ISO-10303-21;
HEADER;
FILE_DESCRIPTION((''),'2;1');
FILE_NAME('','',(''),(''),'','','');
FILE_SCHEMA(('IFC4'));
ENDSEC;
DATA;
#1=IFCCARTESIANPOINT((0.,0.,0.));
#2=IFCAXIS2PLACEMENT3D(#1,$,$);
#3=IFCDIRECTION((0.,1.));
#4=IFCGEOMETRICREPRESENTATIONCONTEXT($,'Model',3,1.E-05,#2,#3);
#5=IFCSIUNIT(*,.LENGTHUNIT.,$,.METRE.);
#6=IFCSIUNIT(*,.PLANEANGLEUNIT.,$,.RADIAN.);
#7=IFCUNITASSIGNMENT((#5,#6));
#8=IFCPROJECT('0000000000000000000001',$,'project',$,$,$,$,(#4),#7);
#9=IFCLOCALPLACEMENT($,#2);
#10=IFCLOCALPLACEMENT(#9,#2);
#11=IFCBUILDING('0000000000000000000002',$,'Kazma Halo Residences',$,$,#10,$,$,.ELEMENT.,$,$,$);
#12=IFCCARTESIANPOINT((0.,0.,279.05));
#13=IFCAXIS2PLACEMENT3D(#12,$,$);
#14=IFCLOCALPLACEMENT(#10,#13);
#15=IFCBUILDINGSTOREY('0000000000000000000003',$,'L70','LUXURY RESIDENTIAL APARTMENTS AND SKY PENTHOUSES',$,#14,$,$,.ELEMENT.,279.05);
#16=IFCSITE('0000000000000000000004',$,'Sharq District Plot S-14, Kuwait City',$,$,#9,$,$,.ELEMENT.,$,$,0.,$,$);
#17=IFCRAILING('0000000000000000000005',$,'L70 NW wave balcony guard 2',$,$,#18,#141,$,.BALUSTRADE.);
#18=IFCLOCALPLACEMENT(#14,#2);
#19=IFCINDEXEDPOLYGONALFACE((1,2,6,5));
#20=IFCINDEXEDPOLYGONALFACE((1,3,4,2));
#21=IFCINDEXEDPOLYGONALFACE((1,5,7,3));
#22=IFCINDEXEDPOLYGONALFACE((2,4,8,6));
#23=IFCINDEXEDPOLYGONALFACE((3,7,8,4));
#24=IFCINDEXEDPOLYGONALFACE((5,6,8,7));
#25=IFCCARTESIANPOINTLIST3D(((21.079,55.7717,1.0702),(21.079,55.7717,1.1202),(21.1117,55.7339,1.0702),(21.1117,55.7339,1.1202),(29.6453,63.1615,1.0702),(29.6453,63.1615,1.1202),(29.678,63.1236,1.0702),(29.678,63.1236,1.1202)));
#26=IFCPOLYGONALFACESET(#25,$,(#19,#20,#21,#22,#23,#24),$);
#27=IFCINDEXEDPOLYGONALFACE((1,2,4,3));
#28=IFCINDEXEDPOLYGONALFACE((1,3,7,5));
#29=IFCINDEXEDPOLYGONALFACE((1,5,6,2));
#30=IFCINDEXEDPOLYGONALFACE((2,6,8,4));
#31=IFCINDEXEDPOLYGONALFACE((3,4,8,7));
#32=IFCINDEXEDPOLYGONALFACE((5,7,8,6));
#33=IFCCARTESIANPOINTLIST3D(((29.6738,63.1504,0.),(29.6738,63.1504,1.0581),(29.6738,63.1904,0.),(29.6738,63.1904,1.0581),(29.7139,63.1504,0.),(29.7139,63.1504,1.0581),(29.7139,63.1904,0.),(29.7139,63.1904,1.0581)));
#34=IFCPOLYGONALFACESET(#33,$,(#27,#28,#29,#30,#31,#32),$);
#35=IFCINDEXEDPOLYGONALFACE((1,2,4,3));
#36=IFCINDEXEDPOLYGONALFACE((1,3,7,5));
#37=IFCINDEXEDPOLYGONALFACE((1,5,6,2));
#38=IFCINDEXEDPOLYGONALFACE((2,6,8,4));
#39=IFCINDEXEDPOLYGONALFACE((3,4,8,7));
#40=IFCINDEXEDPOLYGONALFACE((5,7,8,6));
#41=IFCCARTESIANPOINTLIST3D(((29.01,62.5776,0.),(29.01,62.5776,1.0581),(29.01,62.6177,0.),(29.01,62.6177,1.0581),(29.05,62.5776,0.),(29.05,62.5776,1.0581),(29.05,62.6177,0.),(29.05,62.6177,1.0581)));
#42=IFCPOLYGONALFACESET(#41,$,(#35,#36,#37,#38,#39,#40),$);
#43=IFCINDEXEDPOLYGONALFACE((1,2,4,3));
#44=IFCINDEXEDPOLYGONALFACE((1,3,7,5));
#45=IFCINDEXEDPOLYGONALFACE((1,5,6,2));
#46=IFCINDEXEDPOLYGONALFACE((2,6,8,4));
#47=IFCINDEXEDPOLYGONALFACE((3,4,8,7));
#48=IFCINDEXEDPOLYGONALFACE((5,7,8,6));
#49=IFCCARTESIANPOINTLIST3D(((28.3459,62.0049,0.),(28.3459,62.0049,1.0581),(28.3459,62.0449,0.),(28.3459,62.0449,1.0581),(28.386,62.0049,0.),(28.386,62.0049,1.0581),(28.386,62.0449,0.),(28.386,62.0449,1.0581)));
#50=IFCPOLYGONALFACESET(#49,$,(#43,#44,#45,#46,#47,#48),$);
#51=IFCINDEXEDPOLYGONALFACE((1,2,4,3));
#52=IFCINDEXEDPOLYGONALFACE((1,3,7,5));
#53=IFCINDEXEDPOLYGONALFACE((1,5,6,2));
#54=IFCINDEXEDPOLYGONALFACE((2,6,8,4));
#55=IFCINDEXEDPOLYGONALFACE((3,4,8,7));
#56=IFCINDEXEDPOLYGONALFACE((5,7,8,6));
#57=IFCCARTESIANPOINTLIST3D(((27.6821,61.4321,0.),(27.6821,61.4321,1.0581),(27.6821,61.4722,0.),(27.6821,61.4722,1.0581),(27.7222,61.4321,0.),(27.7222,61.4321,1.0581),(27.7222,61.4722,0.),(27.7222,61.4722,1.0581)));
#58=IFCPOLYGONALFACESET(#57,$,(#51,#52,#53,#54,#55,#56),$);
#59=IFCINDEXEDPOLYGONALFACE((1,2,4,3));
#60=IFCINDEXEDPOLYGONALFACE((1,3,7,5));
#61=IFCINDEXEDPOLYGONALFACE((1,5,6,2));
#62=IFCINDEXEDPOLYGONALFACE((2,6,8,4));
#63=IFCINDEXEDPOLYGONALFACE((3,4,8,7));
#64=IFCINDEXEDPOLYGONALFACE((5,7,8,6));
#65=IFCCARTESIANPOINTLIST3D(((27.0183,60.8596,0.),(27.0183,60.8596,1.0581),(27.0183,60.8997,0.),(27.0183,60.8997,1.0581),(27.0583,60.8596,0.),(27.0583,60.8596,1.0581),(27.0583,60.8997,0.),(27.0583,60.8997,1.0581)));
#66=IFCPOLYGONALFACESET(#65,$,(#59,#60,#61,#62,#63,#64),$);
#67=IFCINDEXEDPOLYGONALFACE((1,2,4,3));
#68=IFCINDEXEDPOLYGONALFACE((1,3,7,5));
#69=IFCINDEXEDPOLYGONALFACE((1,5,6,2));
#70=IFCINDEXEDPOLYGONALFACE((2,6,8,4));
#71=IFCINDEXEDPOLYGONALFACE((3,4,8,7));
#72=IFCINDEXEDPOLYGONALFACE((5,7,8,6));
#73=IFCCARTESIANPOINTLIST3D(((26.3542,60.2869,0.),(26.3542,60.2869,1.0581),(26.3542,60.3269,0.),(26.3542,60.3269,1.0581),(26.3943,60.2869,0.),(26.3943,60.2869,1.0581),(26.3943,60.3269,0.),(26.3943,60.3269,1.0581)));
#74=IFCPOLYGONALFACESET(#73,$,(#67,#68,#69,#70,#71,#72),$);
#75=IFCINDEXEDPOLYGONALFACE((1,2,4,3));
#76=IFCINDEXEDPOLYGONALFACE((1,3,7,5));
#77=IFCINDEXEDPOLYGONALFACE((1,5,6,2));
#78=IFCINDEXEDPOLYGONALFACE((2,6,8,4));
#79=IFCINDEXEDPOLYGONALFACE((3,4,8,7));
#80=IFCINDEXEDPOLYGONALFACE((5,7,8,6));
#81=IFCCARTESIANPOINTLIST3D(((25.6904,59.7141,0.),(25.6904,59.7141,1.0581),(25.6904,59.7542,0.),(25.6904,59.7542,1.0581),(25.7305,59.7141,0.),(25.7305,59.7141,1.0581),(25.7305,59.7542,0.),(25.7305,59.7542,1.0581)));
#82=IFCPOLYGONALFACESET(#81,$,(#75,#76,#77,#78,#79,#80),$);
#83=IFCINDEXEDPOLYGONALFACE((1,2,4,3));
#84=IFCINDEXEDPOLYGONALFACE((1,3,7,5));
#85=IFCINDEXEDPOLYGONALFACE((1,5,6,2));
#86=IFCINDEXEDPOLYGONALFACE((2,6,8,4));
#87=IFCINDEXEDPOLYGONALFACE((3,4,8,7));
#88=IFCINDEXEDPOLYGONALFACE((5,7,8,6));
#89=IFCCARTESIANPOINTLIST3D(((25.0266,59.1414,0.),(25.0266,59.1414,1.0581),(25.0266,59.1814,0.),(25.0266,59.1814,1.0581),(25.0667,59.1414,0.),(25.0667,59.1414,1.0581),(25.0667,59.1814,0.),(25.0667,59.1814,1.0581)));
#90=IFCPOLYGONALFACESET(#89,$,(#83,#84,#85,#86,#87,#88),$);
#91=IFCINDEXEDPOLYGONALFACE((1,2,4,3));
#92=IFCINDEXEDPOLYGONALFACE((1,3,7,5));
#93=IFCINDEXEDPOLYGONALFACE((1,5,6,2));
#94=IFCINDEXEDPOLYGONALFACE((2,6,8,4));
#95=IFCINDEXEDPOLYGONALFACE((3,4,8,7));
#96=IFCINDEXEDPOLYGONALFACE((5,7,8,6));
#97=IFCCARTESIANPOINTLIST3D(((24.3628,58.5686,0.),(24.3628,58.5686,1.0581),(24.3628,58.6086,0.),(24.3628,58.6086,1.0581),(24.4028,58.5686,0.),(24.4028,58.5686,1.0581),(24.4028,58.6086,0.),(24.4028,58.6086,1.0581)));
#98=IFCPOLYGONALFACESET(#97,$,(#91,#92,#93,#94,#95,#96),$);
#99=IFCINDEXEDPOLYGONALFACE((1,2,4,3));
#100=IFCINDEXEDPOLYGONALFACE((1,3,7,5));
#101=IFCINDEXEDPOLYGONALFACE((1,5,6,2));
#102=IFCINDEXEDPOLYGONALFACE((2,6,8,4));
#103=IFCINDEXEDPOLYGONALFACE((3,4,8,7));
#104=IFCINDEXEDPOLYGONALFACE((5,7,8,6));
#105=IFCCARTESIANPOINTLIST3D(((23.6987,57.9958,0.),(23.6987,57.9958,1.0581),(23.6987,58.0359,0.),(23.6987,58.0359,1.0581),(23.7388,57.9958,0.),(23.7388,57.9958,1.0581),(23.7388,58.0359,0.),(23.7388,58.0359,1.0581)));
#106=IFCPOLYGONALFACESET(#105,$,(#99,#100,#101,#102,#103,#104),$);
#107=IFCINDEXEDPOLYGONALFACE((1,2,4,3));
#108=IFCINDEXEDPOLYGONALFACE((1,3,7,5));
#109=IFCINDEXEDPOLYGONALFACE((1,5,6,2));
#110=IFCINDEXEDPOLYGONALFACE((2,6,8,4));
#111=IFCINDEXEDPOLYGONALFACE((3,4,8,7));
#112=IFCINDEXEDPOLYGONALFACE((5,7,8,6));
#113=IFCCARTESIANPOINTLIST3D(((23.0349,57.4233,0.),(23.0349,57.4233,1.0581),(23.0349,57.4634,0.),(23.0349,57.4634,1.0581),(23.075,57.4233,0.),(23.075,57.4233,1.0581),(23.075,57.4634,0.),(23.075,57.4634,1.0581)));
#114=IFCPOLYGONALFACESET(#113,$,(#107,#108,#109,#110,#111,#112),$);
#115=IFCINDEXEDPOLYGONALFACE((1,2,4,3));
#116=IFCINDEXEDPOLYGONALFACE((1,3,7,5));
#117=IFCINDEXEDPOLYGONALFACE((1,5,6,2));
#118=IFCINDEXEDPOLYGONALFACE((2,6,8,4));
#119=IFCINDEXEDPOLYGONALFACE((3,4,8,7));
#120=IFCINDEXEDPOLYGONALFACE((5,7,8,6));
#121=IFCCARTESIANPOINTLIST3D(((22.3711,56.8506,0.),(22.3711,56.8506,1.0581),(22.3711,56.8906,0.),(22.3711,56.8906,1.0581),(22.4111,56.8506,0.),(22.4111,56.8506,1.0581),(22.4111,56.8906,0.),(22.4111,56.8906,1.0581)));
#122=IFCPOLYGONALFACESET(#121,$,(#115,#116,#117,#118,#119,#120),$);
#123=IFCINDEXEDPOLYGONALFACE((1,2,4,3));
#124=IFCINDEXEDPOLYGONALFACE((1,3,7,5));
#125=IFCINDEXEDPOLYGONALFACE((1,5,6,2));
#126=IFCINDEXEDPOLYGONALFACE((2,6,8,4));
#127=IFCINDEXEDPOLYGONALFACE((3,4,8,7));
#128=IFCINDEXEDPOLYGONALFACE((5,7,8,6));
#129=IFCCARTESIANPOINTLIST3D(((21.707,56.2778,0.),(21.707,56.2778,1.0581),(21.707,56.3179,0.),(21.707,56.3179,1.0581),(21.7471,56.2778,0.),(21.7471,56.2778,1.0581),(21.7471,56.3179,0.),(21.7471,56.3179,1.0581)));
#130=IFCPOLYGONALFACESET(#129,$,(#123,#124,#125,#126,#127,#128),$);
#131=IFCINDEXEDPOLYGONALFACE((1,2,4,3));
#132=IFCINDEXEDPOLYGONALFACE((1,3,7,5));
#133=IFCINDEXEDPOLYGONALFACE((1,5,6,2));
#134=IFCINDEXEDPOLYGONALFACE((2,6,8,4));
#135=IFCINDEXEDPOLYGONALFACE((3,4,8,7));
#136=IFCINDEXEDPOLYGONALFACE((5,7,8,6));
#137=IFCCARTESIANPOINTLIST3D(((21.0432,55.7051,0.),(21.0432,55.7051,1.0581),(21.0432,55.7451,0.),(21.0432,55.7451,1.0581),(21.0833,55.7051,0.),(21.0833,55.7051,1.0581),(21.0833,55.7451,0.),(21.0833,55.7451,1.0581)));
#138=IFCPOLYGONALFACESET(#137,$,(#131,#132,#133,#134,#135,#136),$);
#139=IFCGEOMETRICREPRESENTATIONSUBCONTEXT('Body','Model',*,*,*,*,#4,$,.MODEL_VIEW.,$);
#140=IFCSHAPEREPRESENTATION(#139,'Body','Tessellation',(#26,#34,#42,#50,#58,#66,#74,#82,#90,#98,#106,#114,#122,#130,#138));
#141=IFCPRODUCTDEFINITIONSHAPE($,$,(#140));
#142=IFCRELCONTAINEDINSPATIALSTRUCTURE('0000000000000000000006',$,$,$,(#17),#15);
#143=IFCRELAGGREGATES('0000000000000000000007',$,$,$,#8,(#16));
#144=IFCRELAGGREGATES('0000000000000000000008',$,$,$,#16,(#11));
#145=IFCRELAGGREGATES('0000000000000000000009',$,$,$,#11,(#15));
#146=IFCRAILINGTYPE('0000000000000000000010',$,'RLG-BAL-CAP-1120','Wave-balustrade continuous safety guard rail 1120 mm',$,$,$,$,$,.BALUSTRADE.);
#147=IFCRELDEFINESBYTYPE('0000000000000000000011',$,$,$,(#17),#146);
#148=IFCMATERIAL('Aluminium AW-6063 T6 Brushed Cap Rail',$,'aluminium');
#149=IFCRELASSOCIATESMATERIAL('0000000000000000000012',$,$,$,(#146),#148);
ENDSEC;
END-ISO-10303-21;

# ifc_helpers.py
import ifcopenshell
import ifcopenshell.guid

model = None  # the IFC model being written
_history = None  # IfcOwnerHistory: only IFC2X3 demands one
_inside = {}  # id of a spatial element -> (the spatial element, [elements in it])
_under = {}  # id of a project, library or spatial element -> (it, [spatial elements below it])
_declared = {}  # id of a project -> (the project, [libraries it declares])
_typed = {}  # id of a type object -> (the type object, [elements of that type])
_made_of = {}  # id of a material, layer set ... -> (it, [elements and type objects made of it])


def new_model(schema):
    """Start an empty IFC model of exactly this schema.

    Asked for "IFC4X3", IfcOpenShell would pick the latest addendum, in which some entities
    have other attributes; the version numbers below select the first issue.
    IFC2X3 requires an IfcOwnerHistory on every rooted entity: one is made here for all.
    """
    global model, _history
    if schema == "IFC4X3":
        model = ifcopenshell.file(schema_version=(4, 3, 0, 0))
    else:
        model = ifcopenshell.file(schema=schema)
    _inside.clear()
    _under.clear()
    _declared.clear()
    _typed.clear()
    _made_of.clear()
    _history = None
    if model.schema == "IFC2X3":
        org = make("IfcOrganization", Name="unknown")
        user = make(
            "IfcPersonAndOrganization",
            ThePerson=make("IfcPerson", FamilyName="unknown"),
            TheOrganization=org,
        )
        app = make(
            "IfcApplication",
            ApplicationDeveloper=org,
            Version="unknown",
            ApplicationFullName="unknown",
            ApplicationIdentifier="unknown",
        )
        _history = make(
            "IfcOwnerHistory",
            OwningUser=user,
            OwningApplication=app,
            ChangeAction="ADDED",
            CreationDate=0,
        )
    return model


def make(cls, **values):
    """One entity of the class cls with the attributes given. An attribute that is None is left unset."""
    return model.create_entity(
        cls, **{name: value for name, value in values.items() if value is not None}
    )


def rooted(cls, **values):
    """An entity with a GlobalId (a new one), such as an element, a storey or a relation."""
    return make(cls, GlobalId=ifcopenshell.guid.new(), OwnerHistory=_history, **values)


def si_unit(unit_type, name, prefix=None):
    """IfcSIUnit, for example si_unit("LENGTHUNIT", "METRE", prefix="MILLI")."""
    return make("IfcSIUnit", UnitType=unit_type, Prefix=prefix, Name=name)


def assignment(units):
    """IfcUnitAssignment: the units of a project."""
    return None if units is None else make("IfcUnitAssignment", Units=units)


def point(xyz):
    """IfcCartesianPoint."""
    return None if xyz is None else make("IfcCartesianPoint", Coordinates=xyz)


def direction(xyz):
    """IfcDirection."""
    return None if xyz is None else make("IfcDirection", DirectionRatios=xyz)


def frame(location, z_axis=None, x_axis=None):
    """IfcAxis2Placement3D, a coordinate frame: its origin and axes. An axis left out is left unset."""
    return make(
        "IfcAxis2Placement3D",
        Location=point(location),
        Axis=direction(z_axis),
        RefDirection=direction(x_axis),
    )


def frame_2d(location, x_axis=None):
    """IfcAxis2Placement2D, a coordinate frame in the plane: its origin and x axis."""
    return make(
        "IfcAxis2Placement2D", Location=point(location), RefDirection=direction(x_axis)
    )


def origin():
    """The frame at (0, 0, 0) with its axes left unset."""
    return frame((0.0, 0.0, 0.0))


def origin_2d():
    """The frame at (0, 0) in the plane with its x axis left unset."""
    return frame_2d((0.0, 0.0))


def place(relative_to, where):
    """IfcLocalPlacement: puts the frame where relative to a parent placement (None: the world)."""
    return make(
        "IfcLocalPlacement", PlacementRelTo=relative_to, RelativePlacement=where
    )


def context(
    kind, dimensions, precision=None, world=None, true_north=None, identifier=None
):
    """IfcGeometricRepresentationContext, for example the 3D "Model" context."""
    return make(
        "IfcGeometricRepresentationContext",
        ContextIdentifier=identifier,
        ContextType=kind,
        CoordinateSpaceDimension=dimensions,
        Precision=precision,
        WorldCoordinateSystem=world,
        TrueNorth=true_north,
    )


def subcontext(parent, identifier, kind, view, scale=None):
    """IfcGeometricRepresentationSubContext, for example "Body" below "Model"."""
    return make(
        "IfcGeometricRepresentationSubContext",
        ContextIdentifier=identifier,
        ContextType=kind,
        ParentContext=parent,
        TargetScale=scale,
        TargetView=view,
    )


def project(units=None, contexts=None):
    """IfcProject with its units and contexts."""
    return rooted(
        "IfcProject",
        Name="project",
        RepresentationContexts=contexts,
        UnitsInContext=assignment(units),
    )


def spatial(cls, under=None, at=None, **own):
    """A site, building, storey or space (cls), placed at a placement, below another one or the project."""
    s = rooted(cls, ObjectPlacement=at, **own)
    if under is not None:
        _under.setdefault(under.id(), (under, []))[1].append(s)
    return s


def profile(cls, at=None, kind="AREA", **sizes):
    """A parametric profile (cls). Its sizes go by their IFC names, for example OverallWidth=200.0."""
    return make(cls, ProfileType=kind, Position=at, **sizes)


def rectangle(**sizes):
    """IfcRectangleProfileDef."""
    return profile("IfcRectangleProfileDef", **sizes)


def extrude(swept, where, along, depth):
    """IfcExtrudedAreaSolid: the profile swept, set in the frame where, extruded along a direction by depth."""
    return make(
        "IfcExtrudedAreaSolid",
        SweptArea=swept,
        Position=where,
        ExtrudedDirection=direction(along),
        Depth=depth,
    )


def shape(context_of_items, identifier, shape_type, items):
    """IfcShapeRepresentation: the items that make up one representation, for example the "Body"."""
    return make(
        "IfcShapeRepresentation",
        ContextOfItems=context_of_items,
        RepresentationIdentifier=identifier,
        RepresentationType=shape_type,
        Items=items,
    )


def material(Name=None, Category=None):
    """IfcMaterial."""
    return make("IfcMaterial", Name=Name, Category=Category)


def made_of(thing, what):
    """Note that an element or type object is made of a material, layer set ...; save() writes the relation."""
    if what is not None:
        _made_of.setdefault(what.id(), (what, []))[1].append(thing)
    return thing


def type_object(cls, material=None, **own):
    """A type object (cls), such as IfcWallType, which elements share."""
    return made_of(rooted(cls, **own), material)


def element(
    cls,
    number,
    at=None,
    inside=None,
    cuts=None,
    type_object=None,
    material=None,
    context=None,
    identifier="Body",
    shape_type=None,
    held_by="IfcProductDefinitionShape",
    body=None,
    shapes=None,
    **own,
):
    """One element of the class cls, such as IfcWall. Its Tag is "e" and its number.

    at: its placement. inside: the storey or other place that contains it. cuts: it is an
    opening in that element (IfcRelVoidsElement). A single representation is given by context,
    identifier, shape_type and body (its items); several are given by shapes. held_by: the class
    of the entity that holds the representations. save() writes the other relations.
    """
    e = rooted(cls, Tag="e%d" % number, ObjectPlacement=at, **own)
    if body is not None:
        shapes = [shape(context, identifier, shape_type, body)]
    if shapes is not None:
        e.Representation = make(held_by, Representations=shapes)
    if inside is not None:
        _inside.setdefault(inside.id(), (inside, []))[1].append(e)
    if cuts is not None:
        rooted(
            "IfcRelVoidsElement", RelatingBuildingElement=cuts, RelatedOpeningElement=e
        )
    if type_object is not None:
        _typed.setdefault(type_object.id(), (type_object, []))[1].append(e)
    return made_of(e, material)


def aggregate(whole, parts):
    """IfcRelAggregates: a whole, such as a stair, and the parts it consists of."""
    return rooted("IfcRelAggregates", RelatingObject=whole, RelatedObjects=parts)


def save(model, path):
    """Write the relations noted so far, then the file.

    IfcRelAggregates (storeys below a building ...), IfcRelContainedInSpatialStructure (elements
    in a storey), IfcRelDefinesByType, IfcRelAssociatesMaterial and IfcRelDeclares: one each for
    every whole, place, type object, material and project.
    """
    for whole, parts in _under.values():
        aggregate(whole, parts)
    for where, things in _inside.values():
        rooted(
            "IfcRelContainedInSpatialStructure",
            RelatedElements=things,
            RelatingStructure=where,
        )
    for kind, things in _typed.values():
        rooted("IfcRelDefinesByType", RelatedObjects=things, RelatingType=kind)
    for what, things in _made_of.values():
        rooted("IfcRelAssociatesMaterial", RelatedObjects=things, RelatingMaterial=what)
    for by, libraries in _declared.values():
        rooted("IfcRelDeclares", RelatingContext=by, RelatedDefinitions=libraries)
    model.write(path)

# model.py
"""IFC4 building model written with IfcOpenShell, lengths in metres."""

from ifc_helpers import new_model, si_unit, direction, frame, origin, origin_2d, place, context, subcontext, project, spatial, rectangle, extrude, material, type_object, element, save


model = new_model("IFC4")

# Units and contexts
model_context = context("Model", 3, precision=1e-05, world=origin(), true_north=direction((0.0, 1.0)))
body_context = subcontext(model_context, "Body", "Model", "MODEL_VIEW")
ifc_project = project(units=[si_unit("LENGTHUNIT", "METRE"), si_unit("PLANEANGLEUNIT", "RADIAN")], contexts=[model_context])

# Site, building, storey
site_placement = place(None, origin())
site = spatial("IfcSite", under=ifc_project, at=site_placement, Name="Sharq District Plot S-14, Kuwait City", CompositionType="ELEMENT", RefElevation=0.0)
building_placement = place(site_placement, origin())
building = spatial("IfcBuilding", under=site, at=building_placement, Name="Kazma Halo Residences", CompositionType="ELEMENT")
storey_placement = place(building_placement, frame((0.0, 0.0, 279.05)))
storey = spatial("IfcBuildingStorey", under=building, at=storey_placement, Name="L70", Description="LUXURY RESIDENTIAL APARTMENTS AND SKY PENTHOUSES", CompositionType="ELEMENT", Elevation=279.05)

# Railing
ifc_material_1 = material(Name="Aluminium AW-6063 T6 Brushed Cap Rail", Category="aluminium")
railing_type = type_object("IfcRailingType", Name="RLG-BAL-CAP-1120", Description="Wave-balustrade continuous safety guard rail 1120 mm", PredefinedType="BALUSTRADE", material=ifc_material_1)
railing_1_placement = place(storey_placement, frame((29.6938, 63.1704, 0.0)))
element("IfcRailing", 1, at=railing_1_placement, inside=storey, type_object=railing_type, Name="L70 NW wave balcony guard 2", PredefinedType="BALUSTRADE", context=body_context, shape_type="SweptSolid", body=[
    extrude(rectangle(XDim=0.05, YDim=0.05, at=origin_2d()), frame((-0.0322, -0.0278, 1.0952), z_axis=(-0.757187, -0.653198, 0.0), x_axis=(0.653198, -0.757187, 0.0)), (0.0, 0.0, 1.0), 11.3132),
    extrude(rectangle(XDim=0.04, YDim=0.04, at=origin_2d()), origin(), (0.0, 0.0, 1.0), 1.0581),
    extrude(rectangle(XDim=0.04, YDim=0.04, at=origin_2d()), frame((-0.6638, -0.5728, 0.0)), (0.0, 0.0, 1.0), 1.0581),
    extrude(rectangle(XDim=0.04, YDim=0.04, at=origin_2d()), frame((-1.3279, -1.1455, 0.0)), (0.0, 0.0, 1.0), 1.0581),
    extrude(rectangle(XDim=0.04, YDim=0.04, at=origin_2d()), frame((-1.9917, -1.7183, 0.0)), (0.0, 0.0, 1.0), 1.0581),
    extrude(rectangle(XDim=0.04, YDim=0.04, at=origin_2d()), frame((-2.6555, -2.2908, 0.0)), (0.0, 0.0, 1.0), 1.0581),
    extrude(rectangle(XDim=0.04, YDim=0.04, at=origin_2d()), frame((-3.3196, -2.8635, 0.0)), (0.0, 0.0, 1.0), 1.0581),
    extrude(rectangle(XDim=0.04, YDim=0.04, at=origin_2d()), frame((-3.9834, -3.4363, 0.0)), (0.0, 0.0, 1.0), 1.0581),
    extrude(rectangle(XDim=0.04, YDim=0.04, at=origin_2d()), frame((-4.6472, -4.009, 0.0)), (0.0, 0.0, 1.0), 1.0581),
    extrude(rectangle(XDim=0.04, YDim=0.04, at=origin_2d()), frame((-5.311, -4.5818, 0.0)), (0.0, 0.0, 1.0), 1.0581),
    extrude(rectangle(XDim=0.04, YDim=0.04, at=origin_2d()), frame((-5.9751, -5.1545, 0.0)), (0.0, 0.0, 1.0), 1.0581),
    extrude(rectangle(XDim=0.04, YDim=0.04, at=origin_2d()), frame((-6.6389, -5.7271, 0.0)), (0.0, 0.0, 1.0), 1.0581),
    extrude(rectangle(XDim=0.04, YDim=0.04, at=origin_2d()), frame((-7.3027, -6.2998, 0.0)), (0.0, 0.0, 1.0), 1.0581),
    extrude(rectangle(XDim=0.04, YDim=0.04, at=origin_2d()), frame((-7.9668, -6.8726, 0.0)), (0.0, 0.0, 1.0), 1.0581),
    extrude(rectangle(XDim=0.04, YDim=0.04, at=origin_2d()), frame((-8.6306, -7.4453, 0.0)), (0.0, 0.0, 1.0), 1.0581),
])

save(model, "model.ifc")
